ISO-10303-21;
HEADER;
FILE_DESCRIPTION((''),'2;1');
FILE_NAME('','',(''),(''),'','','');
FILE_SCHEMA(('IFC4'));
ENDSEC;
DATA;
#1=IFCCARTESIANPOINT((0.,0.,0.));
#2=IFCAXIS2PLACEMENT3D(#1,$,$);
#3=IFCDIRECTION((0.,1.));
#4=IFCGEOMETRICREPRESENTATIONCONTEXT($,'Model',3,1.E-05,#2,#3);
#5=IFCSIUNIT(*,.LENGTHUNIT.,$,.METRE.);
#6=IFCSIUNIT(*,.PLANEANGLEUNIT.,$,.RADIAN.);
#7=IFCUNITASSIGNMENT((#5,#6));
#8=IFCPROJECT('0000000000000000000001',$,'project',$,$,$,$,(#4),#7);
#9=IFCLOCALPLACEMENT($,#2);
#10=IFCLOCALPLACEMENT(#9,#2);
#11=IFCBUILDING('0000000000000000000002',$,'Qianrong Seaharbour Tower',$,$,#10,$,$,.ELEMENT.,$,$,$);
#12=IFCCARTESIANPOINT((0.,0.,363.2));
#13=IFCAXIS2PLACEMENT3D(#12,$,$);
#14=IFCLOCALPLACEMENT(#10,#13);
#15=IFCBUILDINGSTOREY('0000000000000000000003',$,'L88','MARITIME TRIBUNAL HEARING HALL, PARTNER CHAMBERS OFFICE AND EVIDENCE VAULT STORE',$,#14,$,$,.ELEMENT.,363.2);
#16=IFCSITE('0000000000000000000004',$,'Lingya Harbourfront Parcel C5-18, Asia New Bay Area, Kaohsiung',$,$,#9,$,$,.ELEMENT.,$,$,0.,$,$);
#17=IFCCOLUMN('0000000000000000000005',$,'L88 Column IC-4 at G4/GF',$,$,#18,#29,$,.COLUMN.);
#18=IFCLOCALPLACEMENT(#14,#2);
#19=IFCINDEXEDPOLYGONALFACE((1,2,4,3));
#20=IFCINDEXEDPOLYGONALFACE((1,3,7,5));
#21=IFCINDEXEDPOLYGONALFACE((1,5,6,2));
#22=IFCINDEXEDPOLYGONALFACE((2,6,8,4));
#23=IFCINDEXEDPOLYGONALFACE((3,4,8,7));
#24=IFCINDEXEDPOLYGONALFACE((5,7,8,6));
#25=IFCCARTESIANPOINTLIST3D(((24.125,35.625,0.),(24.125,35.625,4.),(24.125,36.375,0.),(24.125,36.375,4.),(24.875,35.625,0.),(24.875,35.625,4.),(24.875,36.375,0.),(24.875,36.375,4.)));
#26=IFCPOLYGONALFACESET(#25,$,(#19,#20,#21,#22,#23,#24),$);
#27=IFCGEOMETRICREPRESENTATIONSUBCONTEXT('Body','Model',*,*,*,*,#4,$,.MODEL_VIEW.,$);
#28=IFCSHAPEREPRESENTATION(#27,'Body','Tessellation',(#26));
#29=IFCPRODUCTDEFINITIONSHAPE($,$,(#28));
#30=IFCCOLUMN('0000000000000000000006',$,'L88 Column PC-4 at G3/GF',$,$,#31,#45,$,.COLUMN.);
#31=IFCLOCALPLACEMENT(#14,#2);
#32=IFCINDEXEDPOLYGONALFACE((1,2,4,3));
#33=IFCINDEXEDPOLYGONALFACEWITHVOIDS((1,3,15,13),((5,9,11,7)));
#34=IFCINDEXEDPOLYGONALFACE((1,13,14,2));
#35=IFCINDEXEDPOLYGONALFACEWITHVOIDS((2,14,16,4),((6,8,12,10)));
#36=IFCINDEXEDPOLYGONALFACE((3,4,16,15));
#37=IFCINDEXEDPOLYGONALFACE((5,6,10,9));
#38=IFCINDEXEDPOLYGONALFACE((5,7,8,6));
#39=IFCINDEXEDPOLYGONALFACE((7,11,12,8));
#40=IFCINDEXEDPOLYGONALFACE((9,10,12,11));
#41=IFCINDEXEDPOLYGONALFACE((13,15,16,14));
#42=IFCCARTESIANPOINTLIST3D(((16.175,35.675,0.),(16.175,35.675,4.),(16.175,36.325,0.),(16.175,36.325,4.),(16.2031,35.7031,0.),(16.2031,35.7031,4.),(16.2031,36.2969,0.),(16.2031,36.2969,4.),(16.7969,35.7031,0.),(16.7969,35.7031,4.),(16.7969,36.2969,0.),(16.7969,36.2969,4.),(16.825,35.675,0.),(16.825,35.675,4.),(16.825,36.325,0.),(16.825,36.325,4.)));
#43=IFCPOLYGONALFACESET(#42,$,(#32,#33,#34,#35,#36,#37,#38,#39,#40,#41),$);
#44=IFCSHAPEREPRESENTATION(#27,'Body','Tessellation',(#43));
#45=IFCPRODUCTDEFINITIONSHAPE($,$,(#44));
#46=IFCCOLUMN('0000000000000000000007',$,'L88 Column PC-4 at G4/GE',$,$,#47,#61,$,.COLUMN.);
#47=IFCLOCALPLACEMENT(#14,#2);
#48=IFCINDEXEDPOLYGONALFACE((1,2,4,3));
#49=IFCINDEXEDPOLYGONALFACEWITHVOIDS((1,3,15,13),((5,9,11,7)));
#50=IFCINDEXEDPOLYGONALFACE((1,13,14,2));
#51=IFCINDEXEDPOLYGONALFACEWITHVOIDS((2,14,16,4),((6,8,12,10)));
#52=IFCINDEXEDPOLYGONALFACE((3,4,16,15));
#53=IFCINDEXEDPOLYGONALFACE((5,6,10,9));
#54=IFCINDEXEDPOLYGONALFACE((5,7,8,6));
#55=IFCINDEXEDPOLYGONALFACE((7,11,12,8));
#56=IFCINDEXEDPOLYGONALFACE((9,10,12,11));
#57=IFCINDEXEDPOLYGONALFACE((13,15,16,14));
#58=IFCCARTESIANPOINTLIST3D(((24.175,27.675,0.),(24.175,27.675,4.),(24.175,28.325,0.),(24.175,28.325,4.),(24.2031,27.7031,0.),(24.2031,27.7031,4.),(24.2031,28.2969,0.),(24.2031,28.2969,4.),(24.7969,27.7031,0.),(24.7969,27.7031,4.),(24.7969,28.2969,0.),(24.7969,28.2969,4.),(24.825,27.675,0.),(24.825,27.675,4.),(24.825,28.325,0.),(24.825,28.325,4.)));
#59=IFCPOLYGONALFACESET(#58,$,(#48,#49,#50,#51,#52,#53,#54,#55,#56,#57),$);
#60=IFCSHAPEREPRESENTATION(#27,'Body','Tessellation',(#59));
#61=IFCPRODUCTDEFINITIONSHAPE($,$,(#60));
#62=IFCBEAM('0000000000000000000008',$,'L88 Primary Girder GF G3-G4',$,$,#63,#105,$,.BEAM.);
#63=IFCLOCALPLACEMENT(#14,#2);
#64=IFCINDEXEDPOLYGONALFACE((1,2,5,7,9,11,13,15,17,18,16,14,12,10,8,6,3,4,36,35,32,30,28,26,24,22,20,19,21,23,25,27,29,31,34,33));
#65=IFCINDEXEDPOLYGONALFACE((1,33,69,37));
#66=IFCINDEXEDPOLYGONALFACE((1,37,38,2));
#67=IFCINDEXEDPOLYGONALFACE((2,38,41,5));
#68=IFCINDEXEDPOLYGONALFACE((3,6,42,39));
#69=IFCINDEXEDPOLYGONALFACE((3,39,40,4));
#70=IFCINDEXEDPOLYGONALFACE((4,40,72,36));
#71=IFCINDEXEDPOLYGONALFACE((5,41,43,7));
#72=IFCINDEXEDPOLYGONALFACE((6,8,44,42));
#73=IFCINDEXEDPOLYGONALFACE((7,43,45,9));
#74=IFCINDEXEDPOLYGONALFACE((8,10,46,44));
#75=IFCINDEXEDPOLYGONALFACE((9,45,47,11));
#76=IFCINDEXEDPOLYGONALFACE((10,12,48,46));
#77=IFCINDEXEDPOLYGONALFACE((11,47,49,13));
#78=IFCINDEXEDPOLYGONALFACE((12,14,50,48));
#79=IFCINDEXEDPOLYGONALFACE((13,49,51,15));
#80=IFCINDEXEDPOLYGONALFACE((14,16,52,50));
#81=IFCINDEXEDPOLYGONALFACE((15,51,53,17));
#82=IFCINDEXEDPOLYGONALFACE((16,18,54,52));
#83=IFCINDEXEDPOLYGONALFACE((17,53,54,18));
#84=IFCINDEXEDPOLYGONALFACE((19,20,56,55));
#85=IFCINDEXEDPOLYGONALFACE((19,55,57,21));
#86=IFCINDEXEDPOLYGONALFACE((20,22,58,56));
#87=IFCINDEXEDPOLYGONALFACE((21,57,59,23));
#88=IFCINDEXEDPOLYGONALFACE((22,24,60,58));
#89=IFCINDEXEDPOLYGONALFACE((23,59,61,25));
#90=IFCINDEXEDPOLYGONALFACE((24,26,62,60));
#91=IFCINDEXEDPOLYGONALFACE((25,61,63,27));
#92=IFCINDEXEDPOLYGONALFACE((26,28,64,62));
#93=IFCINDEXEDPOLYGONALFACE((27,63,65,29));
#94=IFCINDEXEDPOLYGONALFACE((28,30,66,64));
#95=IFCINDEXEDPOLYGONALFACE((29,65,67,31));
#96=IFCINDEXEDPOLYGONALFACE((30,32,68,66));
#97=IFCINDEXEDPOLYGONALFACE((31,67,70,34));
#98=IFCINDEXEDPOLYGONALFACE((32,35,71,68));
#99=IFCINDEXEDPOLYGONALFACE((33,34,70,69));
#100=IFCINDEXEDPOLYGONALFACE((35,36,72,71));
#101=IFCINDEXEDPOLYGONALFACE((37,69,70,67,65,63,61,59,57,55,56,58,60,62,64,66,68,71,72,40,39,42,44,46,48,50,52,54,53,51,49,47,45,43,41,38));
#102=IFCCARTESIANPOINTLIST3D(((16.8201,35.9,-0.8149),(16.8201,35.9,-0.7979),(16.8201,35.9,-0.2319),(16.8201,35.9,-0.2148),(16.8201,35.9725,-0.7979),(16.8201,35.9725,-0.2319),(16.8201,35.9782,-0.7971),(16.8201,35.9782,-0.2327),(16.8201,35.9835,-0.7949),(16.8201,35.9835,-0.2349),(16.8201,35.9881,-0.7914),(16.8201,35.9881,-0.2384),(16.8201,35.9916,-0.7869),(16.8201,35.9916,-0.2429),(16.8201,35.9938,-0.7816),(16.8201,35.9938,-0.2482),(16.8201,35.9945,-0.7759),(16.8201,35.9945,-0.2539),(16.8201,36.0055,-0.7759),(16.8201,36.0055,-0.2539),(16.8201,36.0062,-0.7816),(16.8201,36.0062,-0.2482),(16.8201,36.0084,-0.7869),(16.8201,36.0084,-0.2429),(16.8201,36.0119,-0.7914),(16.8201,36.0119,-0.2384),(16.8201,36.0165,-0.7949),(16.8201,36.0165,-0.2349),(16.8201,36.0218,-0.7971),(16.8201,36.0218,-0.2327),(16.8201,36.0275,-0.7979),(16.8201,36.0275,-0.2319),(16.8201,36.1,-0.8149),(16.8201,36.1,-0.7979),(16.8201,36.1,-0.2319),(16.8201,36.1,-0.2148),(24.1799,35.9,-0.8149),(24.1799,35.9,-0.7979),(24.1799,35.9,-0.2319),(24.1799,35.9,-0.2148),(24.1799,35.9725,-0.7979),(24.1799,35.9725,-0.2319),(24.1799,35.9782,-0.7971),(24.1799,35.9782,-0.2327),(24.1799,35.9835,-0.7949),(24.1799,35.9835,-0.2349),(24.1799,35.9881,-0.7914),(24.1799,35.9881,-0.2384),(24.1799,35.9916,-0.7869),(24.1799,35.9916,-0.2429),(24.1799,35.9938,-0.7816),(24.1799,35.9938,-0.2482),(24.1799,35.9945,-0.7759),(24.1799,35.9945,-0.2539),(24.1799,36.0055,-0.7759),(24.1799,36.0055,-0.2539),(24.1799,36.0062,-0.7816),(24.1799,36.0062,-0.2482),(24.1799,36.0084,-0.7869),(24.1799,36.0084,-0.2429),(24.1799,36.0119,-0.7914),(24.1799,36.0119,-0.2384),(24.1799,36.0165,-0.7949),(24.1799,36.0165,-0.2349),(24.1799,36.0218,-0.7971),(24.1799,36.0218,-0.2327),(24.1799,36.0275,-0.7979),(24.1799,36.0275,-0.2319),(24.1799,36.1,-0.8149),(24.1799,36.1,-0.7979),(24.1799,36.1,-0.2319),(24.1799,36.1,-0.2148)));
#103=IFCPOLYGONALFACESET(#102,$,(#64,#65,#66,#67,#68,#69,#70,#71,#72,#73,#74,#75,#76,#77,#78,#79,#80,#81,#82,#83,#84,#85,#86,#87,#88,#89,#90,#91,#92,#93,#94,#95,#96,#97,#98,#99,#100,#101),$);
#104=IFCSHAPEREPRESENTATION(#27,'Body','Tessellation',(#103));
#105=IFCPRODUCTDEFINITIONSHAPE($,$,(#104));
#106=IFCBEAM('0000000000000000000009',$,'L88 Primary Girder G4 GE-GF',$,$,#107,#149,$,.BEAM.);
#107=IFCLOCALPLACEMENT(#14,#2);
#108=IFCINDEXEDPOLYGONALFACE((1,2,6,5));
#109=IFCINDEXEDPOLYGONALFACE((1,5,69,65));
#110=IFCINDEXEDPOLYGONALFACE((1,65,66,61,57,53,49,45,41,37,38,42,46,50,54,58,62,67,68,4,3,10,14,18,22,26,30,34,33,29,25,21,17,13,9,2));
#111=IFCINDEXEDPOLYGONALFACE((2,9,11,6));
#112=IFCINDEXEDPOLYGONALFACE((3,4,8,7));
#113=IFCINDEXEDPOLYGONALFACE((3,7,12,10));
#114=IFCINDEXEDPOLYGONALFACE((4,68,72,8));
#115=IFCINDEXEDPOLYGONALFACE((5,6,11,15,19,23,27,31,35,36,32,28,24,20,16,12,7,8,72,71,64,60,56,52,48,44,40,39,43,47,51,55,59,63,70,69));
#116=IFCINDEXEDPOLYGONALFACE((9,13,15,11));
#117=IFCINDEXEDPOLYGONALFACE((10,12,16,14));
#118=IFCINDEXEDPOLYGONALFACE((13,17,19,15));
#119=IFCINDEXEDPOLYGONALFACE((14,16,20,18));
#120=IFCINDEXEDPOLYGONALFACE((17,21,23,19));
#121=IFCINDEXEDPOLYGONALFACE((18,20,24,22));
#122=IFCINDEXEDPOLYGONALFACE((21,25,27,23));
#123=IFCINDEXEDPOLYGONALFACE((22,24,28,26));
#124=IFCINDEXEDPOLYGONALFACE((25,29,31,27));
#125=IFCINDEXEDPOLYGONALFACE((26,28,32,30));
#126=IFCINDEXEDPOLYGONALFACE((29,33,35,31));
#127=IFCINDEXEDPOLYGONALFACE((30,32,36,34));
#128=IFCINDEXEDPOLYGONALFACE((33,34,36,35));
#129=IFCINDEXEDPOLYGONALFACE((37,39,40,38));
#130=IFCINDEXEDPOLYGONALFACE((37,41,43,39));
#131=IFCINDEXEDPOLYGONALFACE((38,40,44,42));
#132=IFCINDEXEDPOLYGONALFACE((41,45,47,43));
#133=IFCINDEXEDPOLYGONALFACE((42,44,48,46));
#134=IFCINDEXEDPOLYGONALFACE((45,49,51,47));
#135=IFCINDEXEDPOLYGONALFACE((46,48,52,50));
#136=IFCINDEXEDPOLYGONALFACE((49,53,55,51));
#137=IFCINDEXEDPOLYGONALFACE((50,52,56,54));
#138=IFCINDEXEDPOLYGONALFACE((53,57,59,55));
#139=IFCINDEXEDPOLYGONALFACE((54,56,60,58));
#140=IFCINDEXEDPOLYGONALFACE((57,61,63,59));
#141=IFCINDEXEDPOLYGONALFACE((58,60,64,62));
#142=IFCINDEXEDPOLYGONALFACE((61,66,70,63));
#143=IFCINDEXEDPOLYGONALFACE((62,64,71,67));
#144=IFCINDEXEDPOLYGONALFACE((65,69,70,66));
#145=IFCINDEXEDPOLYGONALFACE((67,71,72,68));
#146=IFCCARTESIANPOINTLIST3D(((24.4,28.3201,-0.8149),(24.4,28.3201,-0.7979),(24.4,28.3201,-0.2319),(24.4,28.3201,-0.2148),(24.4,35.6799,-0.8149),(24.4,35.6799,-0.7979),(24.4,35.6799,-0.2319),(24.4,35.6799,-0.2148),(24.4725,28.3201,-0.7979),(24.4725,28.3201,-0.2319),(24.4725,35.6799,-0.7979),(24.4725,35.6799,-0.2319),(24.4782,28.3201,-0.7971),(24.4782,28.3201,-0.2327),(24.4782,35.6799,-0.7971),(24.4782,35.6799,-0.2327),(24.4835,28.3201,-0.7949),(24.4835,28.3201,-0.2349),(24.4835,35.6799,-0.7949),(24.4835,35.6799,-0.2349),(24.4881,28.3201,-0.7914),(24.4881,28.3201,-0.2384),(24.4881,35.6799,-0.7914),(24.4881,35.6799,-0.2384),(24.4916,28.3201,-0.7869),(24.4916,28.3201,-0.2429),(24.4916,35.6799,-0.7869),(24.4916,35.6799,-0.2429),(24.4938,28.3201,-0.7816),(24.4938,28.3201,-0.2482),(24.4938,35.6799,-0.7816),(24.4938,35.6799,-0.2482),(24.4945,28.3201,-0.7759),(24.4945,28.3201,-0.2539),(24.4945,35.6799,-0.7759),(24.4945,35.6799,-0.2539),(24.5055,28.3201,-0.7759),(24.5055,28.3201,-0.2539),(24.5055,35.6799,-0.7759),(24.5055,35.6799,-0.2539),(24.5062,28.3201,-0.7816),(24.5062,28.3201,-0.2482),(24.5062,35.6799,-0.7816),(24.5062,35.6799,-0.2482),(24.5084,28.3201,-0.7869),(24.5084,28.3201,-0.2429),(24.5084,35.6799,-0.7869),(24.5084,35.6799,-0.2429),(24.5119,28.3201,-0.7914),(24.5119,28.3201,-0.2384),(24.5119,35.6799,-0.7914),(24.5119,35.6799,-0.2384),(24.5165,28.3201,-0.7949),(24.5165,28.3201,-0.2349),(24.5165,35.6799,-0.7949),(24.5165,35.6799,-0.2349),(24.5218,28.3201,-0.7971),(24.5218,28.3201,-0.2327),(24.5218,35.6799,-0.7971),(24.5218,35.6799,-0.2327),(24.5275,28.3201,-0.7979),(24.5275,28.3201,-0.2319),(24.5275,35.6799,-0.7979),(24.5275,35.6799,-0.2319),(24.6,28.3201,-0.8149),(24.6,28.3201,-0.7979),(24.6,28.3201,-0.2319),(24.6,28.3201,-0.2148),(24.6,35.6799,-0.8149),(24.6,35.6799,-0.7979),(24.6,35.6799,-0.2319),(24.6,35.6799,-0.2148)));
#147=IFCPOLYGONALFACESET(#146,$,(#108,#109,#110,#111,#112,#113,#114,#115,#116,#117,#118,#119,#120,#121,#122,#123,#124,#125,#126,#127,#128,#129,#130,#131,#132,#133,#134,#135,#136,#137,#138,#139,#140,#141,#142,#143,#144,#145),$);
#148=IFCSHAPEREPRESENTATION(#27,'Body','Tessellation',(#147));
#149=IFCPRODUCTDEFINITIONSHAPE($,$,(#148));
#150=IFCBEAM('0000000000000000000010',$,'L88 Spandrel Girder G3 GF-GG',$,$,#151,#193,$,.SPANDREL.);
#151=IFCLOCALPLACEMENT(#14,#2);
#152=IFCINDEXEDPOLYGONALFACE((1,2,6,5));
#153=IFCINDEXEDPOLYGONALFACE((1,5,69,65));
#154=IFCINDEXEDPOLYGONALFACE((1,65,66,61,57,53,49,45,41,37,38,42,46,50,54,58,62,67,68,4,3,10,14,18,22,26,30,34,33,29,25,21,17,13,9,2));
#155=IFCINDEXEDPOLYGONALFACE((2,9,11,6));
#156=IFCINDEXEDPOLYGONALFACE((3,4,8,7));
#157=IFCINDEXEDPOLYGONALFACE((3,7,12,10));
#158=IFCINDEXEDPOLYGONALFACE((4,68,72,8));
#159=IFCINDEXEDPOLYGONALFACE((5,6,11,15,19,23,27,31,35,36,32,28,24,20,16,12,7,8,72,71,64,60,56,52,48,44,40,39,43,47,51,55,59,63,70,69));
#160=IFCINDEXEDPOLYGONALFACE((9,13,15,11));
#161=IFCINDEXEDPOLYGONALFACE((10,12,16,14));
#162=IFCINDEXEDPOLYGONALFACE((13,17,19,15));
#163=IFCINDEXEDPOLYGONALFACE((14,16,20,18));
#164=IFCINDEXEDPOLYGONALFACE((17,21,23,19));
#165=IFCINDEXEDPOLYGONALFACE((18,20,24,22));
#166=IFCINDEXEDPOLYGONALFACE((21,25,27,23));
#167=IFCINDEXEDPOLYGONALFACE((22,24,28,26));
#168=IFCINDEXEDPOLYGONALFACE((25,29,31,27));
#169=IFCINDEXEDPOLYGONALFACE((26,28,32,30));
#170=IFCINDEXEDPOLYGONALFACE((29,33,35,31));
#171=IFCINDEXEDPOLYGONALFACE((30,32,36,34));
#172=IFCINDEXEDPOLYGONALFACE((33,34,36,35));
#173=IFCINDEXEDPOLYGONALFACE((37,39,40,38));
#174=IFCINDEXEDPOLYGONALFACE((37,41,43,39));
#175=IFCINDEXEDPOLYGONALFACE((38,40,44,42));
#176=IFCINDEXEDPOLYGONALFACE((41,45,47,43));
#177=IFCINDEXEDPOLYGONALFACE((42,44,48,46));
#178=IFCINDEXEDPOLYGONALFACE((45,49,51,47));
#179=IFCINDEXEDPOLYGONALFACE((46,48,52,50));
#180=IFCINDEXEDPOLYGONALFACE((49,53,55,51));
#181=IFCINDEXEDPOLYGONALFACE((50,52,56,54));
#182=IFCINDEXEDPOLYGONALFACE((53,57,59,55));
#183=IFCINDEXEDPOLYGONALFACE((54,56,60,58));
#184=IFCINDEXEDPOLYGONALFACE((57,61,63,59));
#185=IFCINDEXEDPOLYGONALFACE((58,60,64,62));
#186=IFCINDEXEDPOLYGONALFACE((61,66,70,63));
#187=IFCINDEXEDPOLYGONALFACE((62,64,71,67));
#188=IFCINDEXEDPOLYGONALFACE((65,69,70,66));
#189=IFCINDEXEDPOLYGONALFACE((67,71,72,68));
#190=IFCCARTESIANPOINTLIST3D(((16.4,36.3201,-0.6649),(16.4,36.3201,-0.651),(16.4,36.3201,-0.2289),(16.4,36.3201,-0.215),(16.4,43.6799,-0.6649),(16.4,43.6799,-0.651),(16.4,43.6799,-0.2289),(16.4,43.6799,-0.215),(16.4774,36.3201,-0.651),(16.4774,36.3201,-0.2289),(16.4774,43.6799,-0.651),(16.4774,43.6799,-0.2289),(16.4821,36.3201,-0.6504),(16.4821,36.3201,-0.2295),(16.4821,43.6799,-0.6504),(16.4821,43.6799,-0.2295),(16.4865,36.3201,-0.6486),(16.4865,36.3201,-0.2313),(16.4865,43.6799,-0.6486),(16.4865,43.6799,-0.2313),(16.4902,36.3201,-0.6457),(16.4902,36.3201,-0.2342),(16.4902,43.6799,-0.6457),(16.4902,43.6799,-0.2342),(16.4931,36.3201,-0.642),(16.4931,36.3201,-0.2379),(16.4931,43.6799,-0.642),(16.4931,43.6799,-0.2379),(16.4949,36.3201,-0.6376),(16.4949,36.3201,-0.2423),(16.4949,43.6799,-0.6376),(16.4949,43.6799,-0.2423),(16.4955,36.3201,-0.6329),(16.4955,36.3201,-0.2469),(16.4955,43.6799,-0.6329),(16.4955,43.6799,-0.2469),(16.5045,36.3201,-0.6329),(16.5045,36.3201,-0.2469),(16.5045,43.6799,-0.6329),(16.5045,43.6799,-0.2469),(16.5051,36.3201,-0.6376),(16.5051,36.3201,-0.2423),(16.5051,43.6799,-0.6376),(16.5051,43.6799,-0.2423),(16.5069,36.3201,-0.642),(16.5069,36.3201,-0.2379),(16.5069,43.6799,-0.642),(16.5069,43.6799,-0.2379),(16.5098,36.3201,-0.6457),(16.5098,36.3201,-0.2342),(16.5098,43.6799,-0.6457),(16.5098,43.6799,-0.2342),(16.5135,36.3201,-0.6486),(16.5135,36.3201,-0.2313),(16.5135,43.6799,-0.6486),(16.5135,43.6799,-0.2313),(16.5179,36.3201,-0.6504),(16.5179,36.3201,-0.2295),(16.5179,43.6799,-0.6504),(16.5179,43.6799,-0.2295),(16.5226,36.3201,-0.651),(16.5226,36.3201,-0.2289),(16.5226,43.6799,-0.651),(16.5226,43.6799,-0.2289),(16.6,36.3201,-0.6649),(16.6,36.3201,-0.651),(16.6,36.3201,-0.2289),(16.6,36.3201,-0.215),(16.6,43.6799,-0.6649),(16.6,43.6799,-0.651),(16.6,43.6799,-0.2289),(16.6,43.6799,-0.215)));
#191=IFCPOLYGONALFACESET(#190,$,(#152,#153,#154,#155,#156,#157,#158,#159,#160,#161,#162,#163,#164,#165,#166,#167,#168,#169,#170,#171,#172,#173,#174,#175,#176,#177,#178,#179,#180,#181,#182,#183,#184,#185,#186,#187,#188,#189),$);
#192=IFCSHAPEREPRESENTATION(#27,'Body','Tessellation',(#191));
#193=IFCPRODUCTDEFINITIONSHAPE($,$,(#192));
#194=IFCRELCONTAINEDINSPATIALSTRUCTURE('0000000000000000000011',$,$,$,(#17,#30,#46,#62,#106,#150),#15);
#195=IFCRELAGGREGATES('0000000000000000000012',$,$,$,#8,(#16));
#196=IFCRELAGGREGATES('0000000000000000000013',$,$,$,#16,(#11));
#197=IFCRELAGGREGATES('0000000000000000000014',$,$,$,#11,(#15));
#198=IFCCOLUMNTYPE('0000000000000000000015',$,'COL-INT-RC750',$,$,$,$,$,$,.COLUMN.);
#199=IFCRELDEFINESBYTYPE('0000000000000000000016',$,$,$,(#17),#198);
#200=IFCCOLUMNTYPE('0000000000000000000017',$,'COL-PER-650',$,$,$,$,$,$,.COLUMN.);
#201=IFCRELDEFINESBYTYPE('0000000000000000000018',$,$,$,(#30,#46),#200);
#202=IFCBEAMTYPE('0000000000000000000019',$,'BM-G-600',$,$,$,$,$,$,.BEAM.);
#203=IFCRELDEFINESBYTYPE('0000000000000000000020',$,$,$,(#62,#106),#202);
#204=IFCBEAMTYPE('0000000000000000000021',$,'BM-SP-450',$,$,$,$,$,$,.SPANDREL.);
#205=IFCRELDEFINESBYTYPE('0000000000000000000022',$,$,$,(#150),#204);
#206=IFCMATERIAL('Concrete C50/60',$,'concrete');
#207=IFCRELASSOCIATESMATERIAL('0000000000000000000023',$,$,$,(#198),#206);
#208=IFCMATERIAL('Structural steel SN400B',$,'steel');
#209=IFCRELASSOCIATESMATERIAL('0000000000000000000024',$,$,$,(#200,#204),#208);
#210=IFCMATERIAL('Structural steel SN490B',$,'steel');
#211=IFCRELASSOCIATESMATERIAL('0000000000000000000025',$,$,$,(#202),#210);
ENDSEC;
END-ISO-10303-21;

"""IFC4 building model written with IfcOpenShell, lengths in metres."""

from ifc_helpers import new_model, si_unit, direction, frame, origin, origin_2d, place, context, subcontext, project, spatial, rectangle, hollow_rectangle, i_section, extrude, material, material_profile, profile_set, type_object, element, save


model = new_model("IFC4")

# Units and contexts
model_context = context("Model", 3, precision=1e-05, world=origin(), true_north=direction((0.0, 1.0)))
body_context = subcontext(model_context, "Body", "Model", "MODEL_VIEW")
ifc_project = project(units=[si_unit("LENGTHUNIT", "METRE"), si_unit("PLANEANGLEUNIT", "RADIAN")], contexts=[model_context])

# Site, building, storey
site_placement = place(None, origin())
site = spatial("IfcSite", under=ifc_project, at=site_placement, Name="Lingya Harbourfront Parcel C5-18, Asia New Bay Area, Kaohsiung", CompositionType="ELEMENT", RefElevation=0.0)
building_placement = place(site_placement, origin())
building = spatial("IfcBuilding", under=site, at=building_placement, Name="Qianrong Seaharbour Tower", CompositionType="ELEMENT")
storey_placement = place(building_placement, frame((0.0, 0.0, 363.2)))
storey = spatial("IfcBuildingStorey", under=building, at=storey_placement, Name="L88", Description="MARITIME TRIBUNAL HEARING HALL, PARTNER CHAMBERS OFFICE AND EVIDENCE VAULT STORE", CompositionType="ELEMENT", Elevation=363.2)

# Columns
ifc_material_1 = material(Name="Concrete C50/60", Category="concrete")
ifc_material_profile_1 = material_profile(ifc_material_1, rectangle(XDim=0.75, YDim=0.75, at=origin_2d()), Name="RC750x750")
ifc_profile_set_1 = profile_set([ifc_material_profile_1], Name="Concrete C50/60")
column_type_1 = type_object("IfcColumnType", Name="COL-INT-RC750", PredefinedType="COLUMN", material=ifc_profile_set_1)
column_placement = place(storey_placement, frame((24.5, 36.0, 0.0), z_axis=(0.0, 0.0, 1.0), x_axis=(1.0, 0.0, 0.0)))
element("IfcColumn", 1, at=column_placement, inside=storey, type_object=column_type_1, Name="L88 Column IC-4 at G4/GF", PredefinedType="COLUMN", context=body_context, shape_type="SweptSolid", body=[
    extrude(rectangle(XDim=0.75, YDim=0.75, at=origin_2d()), origin(), (0.0, 0.0, 1.0), 4.0),
])
ifc_material_2 = material(Name="Structural steel SN400B", Category="steel")
ifc_material_profile_2 = material_profile(ifc_material_2, hollow_rectangle(XDim=0.6499, YDim=0.6499, WallThickness=0.0281, at=origin_2d()), Name="BOX650x650x28")
ifc_profile_set_2 = profile_set([ifc_material_profile_2], Name="Structural steel SN400B")
column_type_2 = type_object("IfcColumnType", Name="COL-PER-650", PredefinedType="COLUMN", material=ifc_profile_set_2)
for number, where, z_axis, x_axis, name in (
    (2, (16.5, 36.0, 0.0), (0.0, 0.0, 1.0), (1.0, 0.0, 0.0), "L88 Column PC-4 at G3/GF"),
    (3, (24.5, 28.0, 0.0), (0.0, 0.0, 1.0), (1.0, 0.0, 0.0), "L88 Column PC-4 at G4/GE"),
):
    element("IfcColumn", number, at=place(storey_placement, frame(where, z_axis=z_axis, x_axis=x_axis)), inside=storey, type_object=column_type_2, Name=name, PredefinedType="COLUMN", context=body_context, shape_type="SweptSolid", body=[
        extrude(hollow_rectangle(XDim=0.6499, YDim=0.6499, WallThickness=0.0281, at=origin_2d()), origin(), (0.0, 0.0, 1.0), 4.0),
    ])

# Beams
ifc_material_3 = material(Name="Structural steel SN490B", Category="steel")
ifc_material_profile_3 = material_profile(ifc_material_3, i_section(OverallWidth=0.2, OverallDepth=0.6001, WebThickness=0.011, FlangeThickness=0.0171, FilletRadius=0.022, at=origin_2d()), Name="H600x200x11x17")
ifc_profile_set_3 = profile_set([ifc_material_profile_3], Name="Structural steel SN490B")
beam_type_1 = type_object("IfcBeamType", Name="BM-G-600", PredefinedType="BEAM", material=ifc_profile_set_3)
for number, where, z_axis, x_axis, name in (
    (4, (16.8201, 36.0, -0.5149), (1.0, 0.0, 0.0), (0.0, 1.0, 0.0), "L88 Primary Girder GF G3-G4"),
    (5, (24.5, 28.3201, -0.5149), (0.0, 1.0, 0.0), (-1.0, 0.0, 0.0), "L88 Primary Girder G4 GE-GF"),
):
    element("IfcBeam", number, at=place(storey_placement, frame(where, z_axis=z_axis, x_axis=x_axis)), inside=storey, type_object=beam_type_1, Name=name, PredefinedType="BEAM", context=body_context, shape_type="SweptSolid", body=[
        extrude(i_section(OverallWidth=0.2, OverallDepth=0.6001, WebThickness=0.011, FlangeThickness=0.0171, FilletRadius=0.022, at=origin_2d()), origin(), (0.0, 0.0, 1.0), 7.3599),
    ])
ifc_material_profile_4 = material_profile(ifc_material_2, i_section(OverallWidth=0.2, OverallDepth=0.45, WebThickness=0.009, FlangeThickness=0.0139, FilletRadius=0.0181, at=origin_2d()), Name="H450x200x9x14")
ifc_profile_set_4 = profile_set([ifc_material_profile_4], Name="Structural steel SN400B")
beam_type_2 = type_object("IfcBeamType", Name="BM-SP-450", PredefinedType="SPANDREL", material=ifc_profile_set_4)
beam_1_placement = place(storey_placement, frame((16.5, 36.3201, -0.4399), z_axis=(0.0, 1.0, 0.0), x_axis=(-1.0, 0.0, 0.0)))
element("IfcBeam", 6, at=beam_1_placement, inside=storey, type_object=beam_type_2, Name="L88 Spandrel Girder G3 GF-GG", PredefinedType="SPANDREL", context=body_context, shape_type="SweptSolid", body=[
    extrude(i_section(OverallWidth=0.2, OverallDepth=0.45, WebThickness=0.009, FlangeThickness=0.0139, FilletRadius=0.0181, at=origin_2d()), origin(), (0.0, 0.0, 1.0), 7.3599),
])

save(model, "model.ifc")
